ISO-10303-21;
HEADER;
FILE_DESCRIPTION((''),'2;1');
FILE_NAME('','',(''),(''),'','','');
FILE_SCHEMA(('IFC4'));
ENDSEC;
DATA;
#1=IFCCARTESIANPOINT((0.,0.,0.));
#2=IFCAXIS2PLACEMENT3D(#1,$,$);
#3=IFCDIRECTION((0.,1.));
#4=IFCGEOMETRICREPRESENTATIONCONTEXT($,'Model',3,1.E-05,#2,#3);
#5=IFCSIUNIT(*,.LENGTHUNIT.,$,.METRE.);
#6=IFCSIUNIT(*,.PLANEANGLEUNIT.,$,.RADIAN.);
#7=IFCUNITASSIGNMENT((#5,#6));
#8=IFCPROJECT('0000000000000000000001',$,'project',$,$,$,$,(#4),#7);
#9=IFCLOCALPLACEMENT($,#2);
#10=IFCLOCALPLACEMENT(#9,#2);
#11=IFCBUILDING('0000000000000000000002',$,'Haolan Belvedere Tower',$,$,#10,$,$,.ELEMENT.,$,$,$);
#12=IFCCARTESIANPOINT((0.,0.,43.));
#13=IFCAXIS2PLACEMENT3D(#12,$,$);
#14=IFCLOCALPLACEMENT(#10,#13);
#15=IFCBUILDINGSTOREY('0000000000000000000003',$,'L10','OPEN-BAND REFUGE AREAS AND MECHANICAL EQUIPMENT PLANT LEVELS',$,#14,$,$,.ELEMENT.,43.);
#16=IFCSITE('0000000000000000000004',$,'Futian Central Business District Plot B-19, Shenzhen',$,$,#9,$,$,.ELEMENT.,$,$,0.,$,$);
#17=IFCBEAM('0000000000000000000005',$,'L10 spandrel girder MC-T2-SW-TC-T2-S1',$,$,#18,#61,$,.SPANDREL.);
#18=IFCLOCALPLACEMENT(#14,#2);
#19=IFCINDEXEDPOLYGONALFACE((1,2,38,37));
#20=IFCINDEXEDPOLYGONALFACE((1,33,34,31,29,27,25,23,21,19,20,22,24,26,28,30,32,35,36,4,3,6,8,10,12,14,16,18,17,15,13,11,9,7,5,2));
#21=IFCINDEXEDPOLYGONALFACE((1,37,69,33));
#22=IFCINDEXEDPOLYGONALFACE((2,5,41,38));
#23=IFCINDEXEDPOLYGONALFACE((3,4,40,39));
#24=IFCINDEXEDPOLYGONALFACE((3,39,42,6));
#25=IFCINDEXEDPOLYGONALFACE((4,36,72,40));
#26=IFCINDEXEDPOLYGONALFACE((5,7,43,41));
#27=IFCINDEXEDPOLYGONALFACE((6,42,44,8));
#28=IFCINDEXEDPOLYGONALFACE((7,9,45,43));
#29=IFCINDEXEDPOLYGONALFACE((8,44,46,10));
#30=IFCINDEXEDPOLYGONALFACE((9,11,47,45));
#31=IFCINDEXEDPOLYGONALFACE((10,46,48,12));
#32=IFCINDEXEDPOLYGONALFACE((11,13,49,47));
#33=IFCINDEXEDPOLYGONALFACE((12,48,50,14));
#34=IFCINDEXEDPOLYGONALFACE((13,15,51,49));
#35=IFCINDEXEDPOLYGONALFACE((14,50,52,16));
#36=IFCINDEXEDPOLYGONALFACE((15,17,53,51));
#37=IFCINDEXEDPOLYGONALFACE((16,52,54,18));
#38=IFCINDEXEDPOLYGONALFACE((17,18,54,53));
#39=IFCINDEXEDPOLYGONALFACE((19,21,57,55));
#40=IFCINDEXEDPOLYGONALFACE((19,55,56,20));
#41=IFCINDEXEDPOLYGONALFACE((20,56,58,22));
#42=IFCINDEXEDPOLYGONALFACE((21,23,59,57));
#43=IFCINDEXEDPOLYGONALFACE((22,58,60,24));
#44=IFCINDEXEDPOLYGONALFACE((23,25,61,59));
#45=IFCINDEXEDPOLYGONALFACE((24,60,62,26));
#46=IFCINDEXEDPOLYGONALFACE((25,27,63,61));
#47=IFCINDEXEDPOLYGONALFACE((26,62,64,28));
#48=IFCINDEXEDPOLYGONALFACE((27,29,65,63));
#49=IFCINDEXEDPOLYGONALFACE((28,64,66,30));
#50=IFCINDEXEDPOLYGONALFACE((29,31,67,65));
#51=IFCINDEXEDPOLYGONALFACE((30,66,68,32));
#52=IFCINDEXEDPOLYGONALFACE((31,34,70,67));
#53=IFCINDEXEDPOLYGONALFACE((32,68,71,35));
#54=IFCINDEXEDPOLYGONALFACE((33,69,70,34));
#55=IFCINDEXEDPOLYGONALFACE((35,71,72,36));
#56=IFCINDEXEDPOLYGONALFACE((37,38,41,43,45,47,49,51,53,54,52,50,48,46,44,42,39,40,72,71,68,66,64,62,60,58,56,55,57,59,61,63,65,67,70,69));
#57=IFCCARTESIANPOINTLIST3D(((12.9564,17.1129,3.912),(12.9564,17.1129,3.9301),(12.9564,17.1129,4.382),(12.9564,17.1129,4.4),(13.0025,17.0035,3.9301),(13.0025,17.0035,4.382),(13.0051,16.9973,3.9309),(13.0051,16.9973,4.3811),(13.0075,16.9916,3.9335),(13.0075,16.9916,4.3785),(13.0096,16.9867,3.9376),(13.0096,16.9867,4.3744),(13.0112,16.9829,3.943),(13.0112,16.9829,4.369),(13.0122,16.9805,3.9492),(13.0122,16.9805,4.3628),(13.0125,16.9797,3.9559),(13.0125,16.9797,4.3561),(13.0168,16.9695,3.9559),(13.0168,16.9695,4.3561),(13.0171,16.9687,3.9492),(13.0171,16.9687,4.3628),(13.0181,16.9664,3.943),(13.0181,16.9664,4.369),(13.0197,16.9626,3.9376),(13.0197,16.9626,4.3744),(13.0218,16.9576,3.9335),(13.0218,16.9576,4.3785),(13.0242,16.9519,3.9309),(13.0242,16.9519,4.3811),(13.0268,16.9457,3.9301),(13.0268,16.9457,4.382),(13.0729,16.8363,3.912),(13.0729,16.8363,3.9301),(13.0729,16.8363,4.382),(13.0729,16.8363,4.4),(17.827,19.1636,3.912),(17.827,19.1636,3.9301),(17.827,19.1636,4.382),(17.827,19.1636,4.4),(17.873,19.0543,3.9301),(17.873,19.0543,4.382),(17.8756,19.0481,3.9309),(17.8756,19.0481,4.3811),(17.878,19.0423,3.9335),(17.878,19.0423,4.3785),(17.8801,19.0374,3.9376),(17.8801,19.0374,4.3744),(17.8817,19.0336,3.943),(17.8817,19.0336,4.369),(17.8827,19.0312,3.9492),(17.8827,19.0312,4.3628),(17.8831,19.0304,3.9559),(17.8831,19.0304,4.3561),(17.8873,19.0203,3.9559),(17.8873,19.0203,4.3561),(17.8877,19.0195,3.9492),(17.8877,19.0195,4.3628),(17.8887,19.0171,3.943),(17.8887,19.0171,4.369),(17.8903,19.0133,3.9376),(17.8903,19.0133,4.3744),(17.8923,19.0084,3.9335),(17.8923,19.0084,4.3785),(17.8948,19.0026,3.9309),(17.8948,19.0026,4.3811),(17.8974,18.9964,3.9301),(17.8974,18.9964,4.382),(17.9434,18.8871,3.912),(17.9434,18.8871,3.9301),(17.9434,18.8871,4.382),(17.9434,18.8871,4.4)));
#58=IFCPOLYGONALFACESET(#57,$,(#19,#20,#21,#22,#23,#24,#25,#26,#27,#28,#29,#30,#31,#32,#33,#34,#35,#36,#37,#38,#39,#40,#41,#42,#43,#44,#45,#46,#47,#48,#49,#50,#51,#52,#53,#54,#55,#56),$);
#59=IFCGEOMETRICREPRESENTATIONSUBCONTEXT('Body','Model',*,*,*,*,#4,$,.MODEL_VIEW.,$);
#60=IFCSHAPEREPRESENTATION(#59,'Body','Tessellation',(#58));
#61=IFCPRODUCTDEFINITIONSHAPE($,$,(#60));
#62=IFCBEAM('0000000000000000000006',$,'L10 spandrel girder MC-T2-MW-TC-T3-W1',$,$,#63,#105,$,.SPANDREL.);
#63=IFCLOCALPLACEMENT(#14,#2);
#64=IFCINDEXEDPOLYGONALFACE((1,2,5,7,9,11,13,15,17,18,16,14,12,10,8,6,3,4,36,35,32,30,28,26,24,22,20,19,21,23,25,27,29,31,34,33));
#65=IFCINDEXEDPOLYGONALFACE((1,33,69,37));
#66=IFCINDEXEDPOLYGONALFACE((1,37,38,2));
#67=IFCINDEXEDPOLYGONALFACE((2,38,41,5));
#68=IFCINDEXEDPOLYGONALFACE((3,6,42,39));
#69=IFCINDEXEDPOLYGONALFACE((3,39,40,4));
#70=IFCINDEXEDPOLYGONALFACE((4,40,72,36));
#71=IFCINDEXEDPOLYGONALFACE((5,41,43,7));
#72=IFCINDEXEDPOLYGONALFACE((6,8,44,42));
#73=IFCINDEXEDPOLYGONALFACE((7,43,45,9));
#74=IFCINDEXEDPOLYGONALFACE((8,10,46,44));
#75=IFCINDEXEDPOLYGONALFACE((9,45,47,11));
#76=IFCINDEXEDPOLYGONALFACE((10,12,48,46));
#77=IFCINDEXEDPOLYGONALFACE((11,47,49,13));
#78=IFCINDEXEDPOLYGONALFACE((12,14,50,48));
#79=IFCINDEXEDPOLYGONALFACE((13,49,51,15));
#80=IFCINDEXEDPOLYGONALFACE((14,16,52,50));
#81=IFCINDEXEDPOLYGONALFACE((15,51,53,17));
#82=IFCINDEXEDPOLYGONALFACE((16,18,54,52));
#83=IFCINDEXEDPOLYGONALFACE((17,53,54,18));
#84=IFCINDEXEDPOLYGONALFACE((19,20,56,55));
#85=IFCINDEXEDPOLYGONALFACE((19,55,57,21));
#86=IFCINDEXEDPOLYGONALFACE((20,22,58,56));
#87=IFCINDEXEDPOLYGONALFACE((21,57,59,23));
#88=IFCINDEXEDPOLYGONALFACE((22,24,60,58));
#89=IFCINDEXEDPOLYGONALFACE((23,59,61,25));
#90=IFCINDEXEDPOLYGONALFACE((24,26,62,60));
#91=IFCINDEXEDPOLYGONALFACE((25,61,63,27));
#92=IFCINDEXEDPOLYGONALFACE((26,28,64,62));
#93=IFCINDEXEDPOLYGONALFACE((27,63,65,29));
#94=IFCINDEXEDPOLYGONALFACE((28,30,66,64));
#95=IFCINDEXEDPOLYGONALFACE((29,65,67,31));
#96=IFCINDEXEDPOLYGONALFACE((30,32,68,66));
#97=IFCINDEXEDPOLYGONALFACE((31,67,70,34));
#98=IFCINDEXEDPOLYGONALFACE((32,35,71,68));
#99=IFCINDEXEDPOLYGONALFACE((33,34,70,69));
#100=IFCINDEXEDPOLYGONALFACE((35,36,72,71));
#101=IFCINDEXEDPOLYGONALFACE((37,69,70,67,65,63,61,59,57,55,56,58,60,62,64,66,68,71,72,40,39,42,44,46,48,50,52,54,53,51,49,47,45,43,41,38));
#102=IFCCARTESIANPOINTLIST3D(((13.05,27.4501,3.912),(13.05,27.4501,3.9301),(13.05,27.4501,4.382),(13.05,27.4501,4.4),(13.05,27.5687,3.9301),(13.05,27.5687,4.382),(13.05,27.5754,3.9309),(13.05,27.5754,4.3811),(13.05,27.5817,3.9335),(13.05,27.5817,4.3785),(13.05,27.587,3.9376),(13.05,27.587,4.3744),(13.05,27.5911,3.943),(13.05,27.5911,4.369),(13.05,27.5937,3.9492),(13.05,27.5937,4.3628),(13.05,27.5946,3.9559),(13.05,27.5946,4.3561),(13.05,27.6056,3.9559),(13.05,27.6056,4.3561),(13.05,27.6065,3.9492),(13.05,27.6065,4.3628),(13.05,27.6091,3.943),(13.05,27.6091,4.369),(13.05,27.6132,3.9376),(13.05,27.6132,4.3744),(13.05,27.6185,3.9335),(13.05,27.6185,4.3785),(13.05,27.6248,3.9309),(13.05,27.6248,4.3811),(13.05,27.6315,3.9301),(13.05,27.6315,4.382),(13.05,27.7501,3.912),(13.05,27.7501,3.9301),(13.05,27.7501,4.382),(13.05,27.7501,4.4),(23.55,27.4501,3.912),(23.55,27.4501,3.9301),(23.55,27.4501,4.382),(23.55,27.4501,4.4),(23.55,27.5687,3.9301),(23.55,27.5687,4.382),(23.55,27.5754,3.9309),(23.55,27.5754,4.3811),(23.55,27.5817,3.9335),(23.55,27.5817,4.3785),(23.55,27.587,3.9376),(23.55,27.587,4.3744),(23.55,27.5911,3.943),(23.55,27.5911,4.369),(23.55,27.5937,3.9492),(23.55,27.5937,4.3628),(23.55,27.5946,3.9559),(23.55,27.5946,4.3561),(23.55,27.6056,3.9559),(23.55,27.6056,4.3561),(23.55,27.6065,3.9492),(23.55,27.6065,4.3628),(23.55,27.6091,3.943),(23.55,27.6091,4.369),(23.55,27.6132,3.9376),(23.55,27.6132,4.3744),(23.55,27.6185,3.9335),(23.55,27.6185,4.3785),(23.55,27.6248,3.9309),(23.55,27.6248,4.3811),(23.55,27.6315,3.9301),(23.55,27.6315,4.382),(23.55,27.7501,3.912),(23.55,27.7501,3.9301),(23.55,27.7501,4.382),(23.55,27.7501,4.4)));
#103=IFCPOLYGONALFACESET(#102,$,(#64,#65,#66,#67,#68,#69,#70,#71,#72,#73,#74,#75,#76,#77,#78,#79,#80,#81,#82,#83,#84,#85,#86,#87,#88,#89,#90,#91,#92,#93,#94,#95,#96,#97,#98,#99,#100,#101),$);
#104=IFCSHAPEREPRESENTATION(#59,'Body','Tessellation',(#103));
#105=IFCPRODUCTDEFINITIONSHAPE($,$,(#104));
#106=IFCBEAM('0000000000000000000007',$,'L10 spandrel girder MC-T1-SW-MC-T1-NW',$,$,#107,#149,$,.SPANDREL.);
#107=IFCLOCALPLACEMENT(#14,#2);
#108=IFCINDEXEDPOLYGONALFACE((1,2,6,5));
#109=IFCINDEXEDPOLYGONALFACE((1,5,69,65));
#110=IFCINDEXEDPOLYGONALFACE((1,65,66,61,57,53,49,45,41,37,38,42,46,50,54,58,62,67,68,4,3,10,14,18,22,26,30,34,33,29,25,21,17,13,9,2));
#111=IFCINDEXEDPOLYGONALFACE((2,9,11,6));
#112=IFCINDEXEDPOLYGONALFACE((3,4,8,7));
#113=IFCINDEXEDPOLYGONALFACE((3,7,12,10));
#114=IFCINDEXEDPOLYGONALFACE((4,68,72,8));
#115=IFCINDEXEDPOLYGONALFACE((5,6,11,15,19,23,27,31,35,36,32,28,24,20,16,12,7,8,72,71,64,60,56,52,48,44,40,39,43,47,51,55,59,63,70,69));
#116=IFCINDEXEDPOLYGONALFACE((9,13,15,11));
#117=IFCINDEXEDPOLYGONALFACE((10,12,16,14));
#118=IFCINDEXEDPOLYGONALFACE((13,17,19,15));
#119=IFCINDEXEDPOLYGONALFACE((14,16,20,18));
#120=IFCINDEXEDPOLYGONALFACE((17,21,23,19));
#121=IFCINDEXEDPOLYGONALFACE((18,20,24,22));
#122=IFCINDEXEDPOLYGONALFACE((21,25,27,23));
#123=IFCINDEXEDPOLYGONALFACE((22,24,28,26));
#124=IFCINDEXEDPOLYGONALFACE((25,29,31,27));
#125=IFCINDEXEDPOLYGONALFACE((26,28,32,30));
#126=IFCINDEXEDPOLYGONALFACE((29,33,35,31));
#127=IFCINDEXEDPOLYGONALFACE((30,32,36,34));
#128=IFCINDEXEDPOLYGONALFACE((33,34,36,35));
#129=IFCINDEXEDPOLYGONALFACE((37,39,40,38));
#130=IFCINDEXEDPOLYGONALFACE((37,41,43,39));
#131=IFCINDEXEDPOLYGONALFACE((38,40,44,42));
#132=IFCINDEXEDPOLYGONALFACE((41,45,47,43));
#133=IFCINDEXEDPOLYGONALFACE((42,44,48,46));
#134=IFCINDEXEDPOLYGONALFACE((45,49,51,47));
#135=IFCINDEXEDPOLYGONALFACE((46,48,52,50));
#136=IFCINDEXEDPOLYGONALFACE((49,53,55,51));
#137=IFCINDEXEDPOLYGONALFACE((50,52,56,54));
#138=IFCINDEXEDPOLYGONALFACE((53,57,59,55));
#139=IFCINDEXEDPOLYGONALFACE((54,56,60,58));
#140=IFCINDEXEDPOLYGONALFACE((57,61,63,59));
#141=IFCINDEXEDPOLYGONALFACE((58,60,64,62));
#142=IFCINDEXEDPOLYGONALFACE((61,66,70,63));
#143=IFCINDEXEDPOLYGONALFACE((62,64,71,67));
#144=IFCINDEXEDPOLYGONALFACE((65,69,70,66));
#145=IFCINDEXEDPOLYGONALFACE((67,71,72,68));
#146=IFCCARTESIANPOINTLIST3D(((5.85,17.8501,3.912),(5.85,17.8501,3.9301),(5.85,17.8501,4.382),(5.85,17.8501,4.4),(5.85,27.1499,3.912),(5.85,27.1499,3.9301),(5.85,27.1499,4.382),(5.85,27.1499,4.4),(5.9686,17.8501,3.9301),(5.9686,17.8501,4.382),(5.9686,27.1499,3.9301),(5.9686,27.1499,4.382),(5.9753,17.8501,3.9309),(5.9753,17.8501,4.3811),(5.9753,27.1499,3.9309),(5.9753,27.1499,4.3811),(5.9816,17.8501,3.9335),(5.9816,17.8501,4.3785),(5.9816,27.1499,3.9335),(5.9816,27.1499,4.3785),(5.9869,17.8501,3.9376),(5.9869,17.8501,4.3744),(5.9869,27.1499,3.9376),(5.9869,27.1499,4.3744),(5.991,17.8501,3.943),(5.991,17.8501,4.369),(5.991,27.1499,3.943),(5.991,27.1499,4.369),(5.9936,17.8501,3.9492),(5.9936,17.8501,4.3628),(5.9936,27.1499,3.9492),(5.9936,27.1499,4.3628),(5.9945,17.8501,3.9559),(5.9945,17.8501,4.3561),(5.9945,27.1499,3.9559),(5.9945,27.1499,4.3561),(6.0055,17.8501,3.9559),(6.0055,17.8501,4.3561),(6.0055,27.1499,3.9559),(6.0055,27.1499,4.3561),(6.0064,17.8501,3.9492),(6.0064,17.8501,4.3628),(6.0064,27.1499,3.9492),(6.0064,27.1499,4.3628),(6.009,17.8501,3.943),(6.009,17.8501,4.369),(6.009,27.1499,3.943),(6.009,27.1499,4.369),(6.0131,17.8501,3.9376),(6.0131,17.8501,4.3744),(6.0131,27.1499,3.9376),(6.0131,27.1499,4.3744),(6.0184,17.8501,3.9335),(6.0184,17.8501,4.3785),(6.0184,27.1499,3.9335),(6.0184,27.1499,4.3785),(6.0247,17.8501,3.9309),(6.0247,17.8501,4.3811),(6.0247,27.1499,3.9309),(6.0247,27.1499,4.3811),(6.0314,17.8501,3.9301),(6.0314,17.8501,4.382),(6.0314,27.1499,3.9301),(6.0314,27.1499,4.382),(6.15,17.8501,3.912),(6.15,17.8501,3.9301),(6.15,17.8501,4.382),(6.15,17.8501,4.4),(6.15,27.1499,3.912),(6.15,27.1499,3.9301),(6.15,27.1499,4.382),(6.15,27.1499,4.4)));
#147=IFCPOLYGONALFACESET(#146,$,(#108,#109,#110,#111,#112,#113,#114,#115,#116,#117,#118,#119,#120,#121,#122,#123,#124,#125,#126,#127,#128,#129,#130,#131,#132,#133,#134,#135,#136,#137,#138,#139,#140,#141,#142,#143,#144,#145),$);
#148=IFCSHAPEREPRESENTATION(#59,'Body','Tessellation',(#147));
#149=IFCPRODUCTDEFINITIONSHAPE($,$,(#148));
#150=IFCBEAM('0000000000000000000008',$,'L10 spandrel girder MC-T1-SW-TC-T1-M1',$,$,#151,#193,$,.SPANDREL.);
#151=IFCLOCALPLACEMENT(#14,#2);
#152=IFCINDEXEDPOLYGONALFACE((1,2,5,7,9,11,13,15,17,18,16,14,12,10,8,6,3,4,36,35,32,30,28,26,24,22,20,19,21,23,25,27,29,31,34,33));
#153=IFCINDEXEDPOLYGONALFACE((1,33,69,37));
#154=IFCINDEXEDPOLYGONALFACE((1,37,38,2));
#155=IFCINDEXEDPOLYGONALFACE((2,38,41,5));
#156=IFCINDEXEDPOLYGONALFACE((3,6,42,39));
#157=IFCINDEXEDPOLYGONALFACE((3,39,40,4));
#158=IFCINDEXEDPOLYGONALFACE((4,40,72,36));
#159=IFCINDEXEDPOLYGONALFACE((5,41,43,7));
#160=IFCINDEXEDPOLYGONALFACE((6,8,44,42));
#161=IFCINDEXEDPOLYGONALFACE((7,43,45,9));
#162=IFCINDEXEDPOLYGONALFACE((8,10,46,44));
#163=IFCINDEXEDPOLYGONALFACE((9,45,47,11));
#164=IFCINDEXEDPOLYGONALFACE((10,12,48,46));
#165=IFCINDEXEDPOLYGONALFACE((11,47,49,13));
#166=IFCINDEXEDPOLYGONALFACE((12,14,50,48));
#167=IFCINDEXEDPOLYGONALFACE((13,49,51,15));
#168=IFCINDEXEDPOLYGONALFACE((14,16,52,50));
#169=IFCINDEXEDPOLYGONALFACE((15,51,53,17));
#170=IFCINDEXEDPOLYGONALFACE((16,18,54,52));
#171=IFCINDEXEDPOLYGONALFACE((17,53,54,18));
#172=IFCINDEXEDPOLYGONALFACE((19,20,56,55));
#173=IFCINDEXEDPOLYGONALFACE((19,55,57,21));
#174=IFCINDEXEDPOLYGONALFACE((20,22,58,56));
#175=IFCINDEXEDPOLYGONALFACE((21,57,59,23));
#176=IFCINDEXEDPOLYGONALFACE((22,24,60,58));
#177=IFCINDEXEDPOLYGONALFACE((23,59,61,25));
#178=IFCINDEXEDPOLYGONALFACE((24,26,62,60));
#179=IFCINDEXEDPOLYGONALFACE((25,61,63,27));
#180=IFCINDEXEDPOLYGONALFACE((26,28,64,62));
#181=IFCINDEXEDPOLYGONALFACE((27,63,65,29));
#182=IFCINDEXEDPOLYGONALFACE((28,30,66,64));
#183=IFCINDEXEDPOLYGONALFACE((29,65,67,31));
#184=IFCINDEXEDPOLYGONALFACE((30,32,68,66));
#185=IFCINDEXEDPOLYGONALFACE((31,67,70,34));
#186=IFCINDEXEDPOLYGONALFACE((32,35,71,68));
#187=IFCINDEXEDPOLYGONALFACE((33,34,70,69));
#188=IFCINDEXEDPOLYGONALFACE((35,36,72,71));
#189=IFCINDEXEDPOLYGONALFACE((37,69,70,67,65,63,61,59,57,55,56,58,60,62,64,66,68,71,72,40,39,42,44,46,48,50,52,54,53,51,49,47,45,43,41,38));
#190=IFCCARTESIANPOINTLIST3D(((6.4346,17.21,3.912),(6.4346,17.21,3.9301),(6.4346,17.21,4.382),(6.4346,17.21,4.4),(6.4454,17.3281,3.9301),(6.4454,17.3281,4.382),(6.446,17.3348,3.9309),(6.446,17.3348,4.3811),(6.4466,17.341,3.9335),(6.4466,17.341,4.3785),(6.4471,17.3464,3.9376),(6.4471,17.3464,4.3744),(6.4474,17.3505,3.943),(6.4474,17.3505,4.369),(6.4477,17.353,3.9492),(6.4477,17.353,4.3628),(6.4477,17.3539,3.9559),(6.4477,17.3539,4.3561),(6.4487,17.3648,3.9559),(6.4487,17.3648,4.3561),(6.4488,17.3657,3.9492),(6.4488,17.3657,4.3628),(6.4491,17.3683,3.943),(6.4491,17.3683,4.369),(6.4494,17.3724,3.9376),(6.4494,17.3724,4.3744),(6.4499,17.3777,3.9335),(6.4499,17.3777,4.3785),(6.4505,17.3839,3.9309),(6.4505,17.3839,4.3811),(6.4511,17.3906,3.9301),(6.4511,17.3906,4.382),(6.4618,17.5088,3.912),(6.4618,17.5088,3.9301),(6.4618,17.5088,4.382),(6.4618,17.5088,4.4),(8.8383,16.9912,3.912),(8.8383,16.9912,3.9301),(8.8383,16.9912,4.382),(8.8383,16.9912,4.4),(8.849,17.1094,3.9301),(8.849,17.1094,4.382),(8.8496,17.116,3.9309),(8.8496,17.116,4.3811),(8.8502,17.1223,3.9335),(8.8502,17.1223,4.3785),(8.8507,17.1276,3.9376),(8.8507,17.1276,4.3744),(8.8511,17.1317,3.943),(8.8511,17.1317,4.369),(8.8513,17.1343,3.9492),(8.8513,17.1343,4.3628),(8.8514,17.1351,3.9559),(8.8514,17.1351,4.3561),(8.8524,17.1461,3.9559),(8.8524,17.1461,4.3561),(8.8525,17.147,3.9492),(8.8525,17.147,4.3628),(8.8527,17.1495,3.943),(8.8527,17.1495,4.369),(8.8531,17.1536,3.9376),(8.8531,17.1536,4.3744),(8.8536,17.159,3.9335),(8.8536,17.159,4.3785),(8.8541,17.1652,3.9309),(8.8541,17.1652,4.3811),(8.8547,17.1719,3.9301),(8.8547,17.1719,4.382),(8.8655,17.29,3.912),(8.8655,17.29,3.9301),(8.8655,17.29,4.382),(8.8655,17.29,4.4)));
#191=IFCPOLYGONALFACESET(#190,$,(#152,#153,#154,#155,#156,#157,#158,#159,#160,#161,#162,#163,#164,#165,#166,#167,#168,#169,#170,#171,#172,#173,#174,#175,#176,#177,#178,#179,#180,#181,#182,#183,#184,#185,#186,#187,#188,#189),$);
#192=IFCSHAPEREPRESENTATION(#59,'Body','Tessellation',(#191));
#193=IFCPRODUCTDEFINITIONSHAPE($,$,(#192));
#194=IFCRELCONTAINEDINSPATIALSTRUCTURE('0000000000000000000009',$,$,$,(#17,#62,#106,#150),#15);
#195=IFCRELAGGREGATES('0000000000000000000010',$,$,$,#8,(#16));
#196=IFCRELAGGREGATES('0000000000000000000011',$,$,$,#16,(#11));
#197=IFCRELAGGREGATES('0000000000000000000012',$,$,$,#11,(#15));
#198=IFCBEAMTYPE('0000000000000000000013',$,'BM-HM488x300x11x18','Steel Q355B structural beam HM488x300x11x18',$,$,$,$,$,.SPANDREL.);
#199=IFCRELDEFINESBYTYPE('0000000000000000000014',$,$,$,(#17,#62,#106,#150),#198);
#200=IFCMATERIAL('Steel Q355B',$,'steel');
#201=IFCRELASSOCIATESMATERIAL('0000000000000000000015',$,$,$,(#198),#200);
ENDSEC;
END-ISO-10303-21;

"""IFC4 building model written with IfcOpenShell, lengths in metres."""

from ifc_helpers import new_model, si_unit, direction, frame, origin, origin_2d, place, context, subcontext, project, spatial, i_section, extrude, material, material_profile, profile_set, type_object, element, save


model = new_model("IFC4")

# Units and contexts
model_context = context("Model", 3, precision=1e-05, world=origin(), true_north=direction((0.0, 1.0)))
body_context = subcontext(model_context, "Body", "Model", "MODEL_VIEW")
ifc_project = project(units=[si_unit("LENGTHUNIT", "METRE"), si_unit("PLANEANGLEUNIT", "RADIAN")], contexts=[model_context])

# Site, building, storey
site_placement = place(None, origin())
site = spatial("IfcSite", under=ifc_project, at=site_placement, Name="Futian Central Business District Plot B-19, Shenzhen", CompositionType="ELEMENT", RefElevation=0.0)
building_placement = place(site_placement, origin())
building = spatial("IfcBuilding", under=site, at=building_placement, Name="Haolan Belvedere Tower", CompositionType="ELEMENT")
storey_placement = place(building_placement, frame((0.0, 0.0, 43.0)))
storey = spatial("IfcBuildingStorey", under=building, at=storey_placement, Name="L10", Description="OPEN-BAND REFUGE AREAS AND MECHANICAL EQUIPMENT PLANT LEVELS", CompositionType="ELEMENT", Elevation=43.0)

# Shared definitions
ifc_material_1 = material(Name="Steel Q355B", Category="steel")

# Beams
ifc_material_profile_1 = material_profile(ifc_material_1, i_section(OverallWidth=0.3, OverallDepth=0.488, WebThickness=0.011, FlangeThickness=0.0181, FilletRadius=0.0259, at=origin_2d()), Name="Steel Q355B")
ifc_profile_set_1 = profile_set([ifc_material_profile_1], Name="Steel Q355B")
beam_type_1 = type_object("IfcBeamType", Name="BM-HM488x300x11x18", Description="Steel Q355B structural beam HM488x300x11x18", PredefinedType="SPANDREL", material=ifc_profile_set_1)
beam_1_placement = place(storey_placement, frame((13.0146, 16.9746, 4.156), z_axis=(0.921635, 0.388057, 0.0), x_axis=(-0.388057, 0.921635, 0.0)))
element("IfcBeam", 1, at=beam_1_placement, inside=storey, type_object=beam_type_1, Name="L10 spandrel girder MC-T2-SW-TC-T2-S1", PredefinedType="SPANDREL", context=body_context, shape_type="SweptSolid", body=[
    extrude(i_section(OverallWidth=0.3, OverallDepth=0.488, WebThickness=0.011, FlangeThickness=0.0181, FilletRadius=0.0259, at=origin_2d()), origin(), (0.0, 0.0, 1.0), 5.2847),
])
beam_2_placement = place(storey_placement, frame((13.05, 27.6001, 4.156), z_axis=(1.0, 0.0, 0.0), x_axis=(0.0, 1.0, 0.0)))
element("IfcBeam", 2, at=beam_2_placement, inside=storey, type_object=beam_type_1, Name="L10 spandrel girder MC-T2-MW-TC-T3-W1", PredefinedType="SPANDREL", context=body_context, shape_type="SweptSolid", body=[
    extrude(i_section(OverallWidth=0.3, OverallDepth=0.488, WebThickness=0.011, FlangeThickness=0.0181, FilletRadius=0.0259, at=origin_2d()), origin(), (0.0, 0.0, 1.0), 10.5),
])
beam_3_placement = place(storey_placement, frame((6.0, 17.8501, 4.156), z_axis=(0.0, 1.0, 0.0), x_axis=(-1.0, 0.0, 0.0)))
element("IfcBeam", 3, at=beam_3_placement, inside=storey, type_object=beam_type_1, Name="L10 spandrel girder MC-T1-SW-MC-T1-NW", PredefinedType="SPANDREL", context=body_context, shape_type="SweptSolid", body=[
    extrude(i_section(OverallWidth=0.3, OverallDepth=0.488, WebThickness=0.011, FlangeThickness=0.0181, FilletRadius=0.0259, at=origin_2d()), origin(), (0.0, 0.0, 1.0), 9.2998),
])
beam_4_placement = place(storey_placement, frame((6.4482, 17.3594, 4.156), z_axis=(0.995884, -0.090636, 0.0), x_axis=(0.090636, 0.995884, 0.0)))
element("IfcBeam", 4, at=beam_4_placement, inside=storey, type_object=beam_type_1, Name="L10 spandrel girder MC-T1-SW-TC-T1-M1", PredefinedType="SPANDREL", context=body_context, shape_type="SweptSolid", body=[
    extrude(i_section(OverallWidth=0.3, OverallDepth=0.488, WebThickness=0.011, FlangeThickness=0.0181, FilletRadius=0.0259, at=origin_2d()), origin(), (0.0, 0.0, 1.0), 2.4136),
])

save(model, "model.ifc")
